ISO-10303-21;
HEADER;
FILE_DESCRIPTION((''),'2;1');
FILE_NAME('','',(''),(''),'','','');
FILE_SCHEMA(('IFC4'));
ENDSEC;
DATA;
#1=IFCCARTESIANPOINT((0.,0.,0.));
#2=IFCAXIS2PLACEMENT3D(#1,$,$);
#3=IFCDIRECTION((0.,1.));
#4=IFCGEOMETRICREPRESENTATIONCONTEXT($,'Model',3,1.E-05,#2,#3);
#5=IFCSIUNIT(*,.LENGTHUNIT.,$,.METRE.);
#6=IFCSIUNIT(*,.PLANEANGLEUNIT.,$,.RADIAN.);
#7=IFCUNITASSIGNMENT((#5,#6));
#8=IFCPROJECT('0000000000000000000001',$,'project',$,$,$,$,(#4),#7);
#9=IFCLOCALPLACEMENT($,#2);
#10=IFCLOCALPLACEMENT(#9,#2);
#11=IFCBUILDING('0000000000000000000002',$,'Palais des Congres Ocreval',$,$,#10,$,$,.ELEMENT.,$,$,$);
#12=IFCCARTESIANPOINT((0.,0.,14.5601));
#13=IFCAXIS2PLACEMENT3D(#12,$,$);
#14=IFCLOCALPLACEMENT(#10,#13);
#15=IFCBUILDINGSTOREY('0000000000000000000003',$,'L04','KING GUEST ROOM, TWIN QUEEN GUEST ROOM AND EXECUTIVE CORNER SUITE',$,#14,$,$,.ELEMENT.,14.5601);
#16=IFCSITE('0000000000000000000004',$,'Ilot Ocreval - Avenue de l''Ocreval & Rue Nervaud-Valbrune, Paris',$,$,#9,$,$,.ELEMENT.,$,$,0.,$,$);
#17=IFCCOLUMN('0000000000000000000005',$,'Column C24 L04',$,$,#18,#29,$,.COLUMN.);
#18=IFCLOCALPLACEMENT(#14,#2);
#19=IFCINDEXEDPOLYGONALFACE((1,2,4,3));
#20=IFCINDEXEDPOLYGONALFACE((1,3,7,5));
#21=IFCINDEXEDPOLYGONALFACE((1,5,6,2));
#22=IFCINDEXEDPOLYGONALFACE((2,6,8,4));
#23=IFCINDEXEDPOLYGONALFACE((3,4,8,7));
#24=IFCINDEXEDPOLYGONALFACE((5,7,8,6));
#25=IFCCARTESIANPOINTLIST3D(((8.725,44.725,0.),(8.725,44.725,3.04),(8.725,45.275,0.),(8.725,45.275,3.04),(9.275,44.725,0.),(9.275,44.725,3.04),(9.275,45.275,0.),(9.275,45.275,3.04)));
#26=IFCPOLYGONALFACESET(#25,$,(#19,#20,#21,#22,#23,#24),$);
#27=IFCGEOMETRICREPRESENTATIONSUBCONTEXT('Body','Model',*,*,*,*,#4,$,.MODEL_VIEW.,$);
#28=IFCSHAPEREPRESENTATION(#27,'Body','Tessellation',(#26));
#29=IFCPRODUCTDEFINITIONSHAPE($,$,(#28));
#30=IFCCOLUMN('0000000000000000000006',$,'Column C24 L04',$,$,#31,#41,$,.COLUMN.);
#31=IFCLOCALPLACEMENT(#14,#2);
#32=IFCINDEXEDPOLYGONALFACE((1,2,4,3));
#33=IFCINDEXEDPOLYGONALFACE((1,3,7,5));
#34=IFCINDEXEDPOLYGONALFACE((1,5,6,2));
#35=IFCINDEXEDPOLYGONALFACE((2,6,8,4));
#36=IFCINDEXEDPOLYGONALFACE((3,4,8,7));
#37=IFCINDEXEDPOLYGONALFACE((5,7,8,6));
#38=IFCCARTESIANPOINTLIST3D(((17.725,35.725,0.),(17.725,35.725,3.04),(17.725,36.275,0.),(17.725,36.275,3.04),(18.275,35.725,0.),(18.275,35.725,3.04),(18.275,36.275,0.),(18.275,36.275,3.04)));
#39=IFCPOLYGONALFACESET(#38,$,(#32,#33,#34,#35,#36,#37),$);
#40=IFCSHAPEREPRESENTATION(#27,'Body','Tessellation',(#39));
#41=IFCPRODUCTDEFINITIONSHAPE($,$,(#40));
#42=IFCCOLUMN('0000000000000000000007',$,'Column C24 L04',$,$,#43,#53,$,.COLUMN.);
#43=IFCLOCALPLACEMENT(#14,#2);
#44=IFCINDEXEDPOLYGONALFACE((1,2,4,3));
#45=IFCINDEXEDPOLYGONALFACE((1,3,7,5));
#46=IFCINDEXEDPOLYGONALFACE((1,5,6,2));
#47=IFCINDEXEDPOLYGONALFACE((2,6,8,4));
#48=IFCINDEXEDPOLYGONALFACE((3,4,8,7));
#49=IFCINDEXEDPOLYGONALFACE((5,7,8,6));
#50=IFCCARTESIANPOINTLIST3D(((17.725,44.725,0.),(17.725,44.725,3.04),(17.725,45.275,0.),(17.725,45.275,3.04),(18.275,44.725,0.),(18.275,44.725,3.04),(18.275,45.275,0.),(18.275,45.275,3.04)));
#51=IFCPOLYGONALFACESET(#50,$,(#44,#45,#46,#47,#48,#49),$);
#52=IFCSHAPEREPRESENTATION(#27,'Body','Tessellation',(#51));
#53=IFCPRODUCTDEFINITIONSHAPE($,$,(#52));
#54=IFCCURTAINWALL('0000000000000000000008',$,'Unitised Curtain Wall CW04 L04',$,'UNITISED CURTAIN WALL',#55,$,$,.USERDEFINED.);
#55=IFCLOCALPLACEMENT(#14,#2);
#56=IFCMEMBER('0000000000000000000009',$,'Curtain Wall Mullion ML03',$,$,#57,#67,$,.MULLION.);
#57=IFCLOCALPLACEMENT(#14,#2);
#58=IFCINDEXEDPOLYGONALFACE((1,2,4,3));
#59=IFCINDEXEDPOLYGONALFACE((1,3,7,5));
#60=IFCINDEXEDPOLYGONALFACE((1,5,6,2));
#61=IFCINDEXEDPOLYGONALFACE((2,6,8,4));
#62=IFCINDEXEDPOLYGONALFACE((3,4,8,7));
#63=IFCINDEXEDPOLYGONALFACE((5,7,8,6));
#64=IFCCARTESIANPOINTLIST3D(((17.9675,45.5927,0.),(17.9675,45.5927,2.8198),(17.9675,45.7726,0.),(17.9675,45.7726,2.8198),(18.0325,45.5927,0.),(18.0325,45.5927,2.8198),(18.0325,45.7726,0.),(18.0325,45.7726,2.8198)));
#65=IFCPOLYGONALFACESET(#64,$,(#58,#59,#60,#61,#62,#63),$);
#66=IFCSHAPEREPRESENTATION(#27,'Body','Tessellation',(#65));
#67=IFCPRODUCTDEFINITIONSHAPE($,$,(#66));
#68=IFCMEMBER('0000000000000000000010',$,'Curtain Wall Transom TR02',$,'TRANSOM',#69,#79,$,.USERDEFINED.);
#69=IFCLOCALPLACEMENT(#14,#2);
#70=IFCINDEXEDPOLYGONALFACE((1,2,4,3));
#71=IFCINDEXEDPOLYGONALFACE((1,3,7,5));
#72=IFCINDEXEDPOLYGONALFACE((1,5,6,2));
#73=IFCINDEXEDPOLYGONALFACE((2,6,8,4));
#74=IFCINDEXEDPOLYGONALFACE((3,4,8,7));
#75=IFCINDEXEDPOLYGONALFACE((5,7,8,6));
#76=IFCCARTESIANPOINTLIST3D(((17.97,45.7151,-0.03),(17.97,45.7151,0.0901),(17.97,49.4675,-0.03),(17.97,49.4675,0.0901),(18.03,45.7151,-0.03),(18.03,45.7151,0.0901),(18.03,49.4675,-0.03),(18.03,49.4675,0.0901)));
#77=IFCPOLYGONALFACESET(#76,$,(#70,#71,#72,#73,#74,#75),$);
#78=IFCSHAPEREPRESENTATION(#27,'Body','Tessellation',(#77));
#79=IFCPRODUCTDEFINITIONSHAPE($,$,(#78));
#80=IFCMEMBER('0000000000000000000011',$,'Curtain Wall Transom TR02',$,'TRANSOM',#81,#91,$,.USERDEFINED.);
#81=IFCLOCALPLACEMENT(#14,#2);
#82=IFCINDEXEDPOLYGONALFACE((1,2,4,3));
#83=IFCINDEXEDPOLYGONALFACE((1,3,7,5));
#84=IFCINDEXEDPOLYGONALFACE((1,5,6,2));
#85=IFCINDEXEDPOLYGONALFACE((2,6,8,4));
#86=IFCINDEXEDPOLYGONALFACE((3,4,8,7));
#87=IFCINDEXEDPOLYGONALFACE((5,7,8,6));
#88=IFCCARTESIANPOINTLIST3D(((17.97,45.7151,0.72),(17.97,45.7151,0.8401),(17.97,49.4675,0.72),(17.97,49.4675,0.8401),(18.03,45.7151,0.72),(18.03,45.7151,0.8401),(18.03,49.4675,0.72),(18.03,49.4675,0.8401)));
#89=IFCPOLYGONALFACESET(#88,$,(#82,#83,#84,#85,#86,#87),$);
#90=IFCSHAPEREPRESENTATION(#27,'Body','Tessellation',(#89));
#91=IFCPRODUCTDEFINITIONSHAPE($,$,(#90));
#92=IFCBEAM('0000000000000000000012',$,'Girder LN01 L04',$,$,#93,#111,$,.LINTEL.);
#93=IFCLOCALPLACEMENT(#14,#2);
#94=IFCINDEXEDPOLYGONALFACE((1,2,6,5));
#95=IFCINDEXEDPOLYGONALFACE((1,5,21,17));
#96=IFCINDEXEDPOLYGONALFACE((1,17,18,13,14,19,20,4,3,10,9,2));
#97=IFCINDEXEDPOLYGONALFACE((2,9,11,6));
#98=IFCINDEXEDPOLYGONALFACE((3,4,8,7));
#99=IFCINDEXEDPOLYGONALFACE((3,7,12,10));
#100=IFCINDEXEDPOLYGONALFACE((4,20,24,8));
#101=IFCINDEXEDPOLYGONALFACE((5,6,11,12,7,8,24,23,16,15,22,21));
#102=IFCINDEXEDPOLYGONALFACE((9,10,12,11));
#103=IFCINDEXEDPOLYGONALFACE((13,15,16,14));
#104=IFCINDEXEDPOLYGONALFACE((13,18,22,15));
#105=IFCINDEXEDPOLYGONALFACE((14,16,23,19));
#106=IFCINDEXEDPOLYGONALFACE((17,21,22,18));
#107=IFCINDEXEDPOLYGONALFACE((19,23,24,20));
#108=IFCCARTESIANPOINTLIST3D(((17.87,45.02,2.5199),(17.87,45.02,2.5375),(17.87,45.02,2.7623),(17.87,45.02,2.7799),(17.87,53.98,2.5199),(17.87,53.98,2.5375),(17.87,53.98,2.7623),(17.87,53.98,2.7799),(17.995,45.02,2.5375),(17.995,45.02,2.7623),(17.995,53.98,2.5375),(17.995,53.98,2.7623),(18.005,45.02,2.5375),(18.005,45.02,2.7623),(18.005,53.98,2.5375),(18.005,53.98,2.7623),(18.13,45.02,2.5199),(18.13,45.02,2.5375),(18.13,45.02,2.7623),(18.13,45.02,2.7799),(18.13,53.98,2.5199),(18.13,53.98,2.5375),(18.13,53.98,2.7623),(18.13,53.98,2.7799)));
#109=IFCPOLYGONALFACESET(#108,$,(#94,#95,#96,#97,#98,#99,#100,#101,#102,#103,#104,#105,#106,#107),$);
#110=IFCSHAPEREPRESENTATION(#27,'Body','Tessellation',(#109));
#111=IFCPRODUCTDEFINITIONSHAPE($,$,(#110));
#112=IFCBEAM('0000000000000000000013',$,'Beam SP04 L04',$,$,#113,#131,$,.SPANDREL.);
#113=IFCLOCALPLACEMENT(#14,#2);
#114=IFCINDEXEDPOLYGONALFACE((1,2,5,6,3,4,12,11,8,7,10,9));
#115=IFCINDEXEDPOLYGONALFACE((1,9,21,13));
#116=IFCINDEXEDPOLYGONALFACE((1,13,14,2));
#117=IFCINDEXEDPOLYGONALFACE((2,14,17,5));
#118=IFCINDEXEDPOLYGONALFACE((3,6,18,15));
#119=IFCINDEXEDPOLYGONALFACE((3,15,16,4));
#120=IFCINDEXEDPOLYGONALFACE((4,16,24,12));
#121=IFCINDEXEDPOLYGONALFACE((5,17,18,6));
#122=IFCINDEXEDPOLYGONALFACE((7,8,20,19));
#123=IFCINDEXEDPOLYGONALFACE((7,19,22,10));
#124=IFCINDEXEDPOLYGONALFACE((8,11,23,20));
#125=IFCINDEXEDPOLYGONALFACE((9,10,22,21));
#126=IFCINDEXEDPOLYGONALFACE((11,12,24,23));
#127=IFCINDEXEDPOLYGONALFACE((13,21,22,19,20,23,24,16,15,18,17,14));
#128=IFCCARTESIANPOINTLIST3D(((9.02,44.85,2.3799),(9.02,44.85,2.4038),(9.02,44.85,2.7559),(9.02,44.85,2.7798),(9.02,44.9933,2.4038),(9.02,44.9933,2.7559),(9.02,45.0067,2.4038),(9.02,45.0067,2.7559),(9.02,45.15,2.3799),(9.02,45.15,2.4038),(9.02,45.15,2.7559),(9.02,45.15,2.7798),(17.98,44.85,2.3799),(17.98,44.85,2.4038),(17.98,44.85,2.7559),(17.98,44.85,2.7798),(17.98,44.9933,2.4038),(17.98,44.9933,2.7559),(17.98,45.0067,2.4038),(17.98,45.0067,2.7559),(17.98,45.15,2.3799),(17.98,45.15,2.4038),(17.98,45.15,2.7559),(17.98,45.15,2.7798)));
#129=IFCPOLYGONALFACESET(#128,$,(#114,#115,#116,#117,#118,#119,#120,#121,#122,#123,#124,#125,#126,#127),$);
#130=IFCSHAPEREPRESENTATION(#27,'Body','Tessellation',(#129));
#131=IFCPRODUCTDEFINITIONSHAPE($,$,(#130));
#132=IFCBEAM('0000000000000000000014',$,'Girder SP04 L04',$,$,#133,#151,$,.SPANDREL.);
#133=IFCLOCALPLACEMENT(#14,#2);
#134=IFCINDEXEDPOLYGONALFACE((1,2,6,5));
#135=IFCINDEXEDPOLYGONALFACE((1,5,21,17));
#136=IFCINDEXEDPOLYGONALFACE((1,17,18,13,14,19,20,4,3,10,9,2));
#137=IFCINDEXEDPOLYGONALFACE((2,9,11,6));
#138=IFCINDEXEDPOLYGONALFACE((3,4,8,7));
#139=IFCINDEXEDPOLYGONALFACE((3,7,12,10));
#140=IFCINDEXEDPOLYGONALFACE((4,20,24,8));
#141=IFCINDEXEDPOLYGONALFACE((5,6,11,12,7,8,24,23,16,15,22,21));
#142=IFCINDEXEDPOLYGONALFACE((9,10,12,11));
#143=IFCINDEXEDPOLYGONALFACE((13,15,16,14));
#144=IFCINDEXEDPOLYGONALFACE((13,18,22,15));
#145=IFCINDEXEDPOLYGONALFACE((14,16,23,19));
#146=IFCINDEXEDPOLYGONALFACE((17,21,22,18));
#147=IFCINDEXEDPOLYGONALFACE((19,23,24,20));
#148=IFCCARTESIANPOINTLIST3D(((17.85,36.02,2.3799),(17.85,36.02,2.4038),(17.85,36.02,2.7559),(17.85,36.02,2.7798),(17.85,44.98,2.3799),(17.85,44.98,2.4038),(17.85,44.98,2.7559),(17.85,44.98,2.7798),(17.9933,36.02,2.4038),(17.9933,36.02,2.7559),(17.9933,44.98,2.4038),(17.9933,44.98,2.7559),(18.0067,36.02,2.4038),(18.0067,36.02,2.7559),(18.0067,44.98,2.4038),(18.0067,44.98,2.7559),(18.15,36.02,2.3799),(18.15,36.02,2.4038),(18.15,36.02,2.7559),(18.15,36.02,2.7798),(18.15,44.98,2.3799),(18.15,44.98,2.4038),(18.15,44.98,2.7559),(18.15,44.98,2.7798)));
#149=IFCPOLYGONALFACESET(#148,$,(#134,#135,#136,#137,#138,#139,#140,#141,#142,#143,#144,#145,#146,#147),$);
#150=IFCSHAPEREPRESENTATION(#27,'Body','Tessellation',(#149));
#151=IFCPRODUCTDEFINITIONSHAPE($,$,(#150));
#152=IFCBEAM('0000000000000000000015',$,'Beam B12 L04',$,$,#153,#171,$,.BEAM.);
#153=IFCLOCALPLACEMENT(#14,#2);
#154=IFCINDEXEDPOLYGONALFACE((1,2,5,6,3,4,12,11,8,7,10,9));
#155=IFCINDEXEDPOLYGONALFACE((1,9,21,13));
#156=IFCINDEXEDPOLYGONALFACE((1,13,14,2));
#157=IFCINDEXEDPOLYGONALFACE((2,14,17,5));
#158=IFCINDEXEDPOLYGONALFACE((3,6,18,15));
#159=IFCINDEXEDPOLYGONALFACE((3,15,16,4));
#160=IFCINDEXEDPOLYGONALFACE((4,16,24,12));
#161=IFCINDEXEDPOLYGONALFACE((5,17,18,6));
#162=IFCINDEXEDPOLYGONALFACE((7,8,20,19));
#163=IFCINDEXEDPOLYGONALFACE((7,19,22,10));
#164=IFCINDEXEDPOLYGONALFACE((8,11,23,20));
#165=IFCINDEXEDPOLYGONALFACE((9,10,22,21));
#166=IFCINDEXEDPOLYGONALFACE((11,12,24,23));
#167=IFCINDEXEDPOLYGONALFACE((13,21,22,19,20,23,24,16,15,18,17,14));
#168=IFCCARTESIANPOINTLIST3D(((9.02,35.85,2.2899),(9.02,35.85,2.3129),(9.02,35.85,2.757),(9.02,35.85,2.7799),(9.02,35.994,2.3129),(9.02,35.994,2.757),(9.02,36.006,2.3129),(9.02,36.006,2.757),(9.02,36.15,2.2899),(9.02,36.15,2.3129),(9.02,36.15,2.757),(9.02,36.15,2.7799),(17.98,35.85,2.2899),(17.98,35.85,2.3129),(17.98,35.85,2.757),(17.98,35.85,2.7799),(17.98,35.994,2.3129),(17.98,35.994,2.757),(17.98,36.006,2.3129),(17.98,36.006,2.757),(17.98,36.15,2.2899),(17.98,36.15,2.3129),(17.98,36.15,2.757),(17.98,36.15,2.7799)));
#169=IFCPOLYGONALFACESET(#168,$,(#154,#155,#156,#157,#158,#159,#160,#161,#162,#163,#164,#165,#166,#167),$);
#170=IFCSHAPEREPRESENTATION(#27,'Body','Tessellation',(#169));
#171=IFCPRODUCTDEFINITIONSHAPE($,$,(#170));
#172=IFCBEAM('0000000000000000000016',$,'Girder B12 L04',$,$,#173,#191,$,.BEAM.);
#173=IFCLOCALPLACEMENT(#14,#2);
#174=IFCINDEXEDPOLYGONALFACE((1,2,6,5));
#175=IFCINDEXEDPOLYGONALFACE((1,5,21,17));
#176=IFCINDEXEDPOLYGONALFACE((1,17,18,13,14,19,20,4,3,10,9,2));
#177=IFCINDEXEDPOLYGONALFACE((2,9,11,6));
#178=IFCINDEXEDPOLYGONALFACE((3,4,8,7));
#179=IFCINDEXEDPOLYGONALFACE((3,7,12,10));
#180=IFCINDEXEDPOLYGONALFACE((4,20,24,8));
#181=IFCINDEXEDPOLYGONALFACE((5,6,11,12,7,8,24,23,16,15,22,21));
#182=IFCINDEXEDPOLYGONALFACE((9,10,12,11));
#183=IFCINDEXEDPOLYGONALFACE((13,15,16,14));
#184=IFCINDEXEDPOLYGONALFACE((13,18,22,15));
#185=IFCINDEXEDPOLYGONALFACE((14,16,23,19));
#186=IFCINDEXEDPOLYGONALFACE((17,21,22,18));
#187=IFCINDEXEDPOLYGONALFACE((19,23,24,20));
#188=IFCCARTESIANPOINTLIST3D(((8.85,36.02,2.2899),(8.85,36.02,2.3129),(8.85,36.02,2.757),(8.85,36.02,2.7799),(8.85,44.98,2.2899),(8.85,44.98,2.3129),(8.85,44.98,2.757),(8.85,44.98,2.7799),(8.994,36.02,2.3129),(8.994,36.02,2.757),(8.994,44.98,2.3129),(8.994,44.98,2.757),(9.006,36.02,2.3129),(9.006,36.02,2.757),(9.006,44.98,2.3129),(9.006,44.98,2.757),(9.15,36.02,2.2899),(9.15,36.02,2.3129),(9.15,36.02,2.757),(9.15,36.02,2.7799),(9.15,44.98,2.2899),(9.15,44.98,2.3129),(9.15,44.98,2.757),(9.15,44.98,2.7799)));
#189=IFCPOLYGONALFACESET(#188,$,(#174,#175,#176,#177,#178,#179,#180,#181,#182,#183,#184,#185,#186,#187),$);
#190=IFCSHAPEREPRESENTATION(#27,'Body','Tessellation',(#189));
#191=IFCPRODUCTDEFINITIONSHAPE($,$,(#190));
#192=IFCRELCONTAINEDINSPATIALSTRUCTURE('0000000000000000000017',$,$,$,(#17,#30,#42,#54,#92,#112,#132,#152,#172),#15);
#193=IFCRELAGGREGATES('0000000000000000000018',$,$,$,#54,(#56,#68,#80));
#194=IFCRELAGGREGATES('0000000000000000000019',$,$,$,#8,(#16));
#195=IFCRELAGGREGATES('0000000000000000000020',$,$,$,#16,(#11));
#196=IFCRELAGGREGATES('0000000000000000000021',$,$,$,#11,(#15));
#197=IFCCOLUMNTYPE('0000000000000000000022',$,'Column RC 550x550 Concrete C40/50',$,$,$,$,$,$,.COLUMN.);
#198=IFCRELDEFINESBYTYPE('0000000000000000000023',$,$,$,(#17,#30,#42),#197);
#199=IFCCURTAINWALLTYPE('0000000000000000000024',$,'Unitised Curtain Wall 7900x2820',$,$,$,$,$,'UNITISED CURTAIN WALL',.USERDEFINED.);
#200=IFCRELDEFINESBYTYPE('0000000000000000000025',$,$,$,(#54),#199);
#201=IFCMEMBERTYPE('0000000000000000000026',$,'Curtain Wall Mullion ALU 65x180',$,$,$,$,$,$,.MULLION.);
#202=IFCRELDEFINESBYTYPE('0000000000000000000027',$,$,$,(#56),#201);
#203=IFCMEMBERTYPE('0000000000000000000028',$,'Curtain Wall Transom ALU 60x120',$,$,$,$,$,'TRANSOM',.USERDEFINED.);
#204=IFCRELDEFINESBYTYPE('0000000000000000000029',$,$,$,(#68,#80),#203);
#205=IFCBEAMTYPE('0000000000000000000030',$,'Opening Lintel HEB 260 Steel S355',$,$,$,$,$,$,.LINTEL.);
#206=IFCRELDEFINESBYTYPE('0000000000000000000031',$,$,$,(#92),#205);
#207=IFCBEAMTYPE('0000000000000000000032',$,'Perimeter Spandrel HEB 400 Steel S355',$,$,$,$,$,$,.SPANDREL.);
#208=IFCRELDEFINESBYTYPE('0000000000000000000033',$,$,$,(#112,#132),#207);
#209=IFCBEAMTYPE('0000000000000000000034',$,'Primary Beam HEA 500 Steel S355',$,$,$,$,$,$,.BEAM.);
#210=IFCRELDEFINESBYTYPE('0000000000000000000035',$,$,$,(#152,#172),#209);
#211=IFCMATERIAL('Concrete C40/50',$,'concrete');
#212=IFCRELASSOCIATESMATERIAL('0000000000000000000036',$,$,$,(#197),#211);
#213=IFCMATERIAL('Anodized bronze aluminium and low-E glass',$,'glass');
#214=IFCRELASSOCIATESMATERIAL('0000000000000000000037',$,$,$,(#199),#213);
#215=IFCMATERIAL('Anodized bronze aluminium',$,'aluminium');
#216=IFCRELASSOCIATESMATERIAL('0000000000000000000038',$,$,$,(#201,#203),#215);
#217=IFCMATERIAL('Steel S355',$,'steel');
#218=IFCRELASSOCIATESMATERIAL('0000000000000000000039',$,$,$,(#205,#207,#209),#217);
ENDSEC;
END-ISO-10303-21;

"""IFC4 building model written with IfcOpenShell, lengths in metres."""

from ifc_helpers import new_model, si_unit, direction, frame, origin, origin_2d, place, context, subcontext, project, spatial, rectangle, i_section, extrude, material, material_profile, profile_set, type_object, element, aggregate, save


model = new_model("IFC4")

# Units and contexts
model_context = context("Model", 3, precision=1e-05, world=origin(), true_north=direction((0.0, 1.0)))
body_context = subcontext(model_context, "Body", "Model", "MODEL_VIEW")
ifc_project = project(units=[si_unit("LENGTHUNIT", "METRE"), si_unit("PLANEANGLEUNIT", "RADIAN")], contexts=[model_context])

# Site, building, storey
site_placement = place(None, origin())
site = spatial("IfcSite", under=ifc_project, at=site_placement, Name="Ilot Ocreval - Avenue de l'Ocreval & Rue Nervaud-Valbrune, Paris", CompositionType="ELEMENT", RefElevation=0.0)
building_placement = place(site_placement, origin())
building = spatial("IfcBuilding", under=site, at=building_placement, Name="Palais des Congres Ocreval", CompositionType="ELEMENT")
storey_placement = place(building_placement, frame((0.0, 0.0, 14.5601)))
storey = spatial("IfcBuildingStorey", under=building, at=storey_placement, Name="L04", Description="KING GUEST ROOM, TWIN QUEEN GUEST ROOM AND EXECUTIVE CORNER SUITE", CompositionType="ELEMENT", Elevation=14.5601)

# Columns
ifc_material_1 = material(Name="Concrete C40/50", Category="concrete")
ifc_material_profile_1 = material_profile(ifc_material_1, rectangle(XDim=0.55, YDim=0.55, at=origin_2d()), Name="RC 550x550")
ifc_profile_set_1 = profile_set([ifc_material_profile_1], Name="Concrete C40/50")
column_type = type_object("IfcColumnType", Name="Column RC 550x550 Concrete C40/50", PredefinedType="COLUMN", material=ifc_profile_set_1)
for number, where, z_axis, x_axis, name in (
    (1, (9.0, 45.0, 0.0), (0.0, 0.0, 1.0), (1.0, 0.0, 0.0), "Column C24 L04"),
    (2, (18.0, 36.0, 0.0), (0.0, 0.0, 1.0), (1.0, 0.0, 0.0), "Column C24 L04"),
    (3, (18.0, 45.0, 0.0), (0.0, 0.0, 1.0), (1.0, 0.0, 0.0), "Column C24 L04"),
):
    element("IfcColumn", number, at=place(storey_placement, frame(where, z_axis=z_axis, x_axis=x_axis)), inside=storey, type_object=column_type, Name=name, PredefinedType="COLUMN", context=body_context, shape_type="SweptSolid", body=[
        extrude(rectangle(XDim=0.55, YDim=0.55, at=origin_2d()), origin(), (0.0, 0.0, 1.0), 3.04),
    ])

# Curtain wall, members
ifc_material_2 = material(Name="Anodized bronze aluminium and low-E glass", Category="glass")
curtain_wall_type = type_object("IfcCurtainWallType", Name="Unitised Curtain Wall 7900x2820", ElementType="UNITISED CURTAIN WALL", PredefinedType="USERDEFINED", material=ifc_material_2)
curtain_wall_placement = place(storey_placement, origin())
curtain_wall = element("IfcCurtainWall", 4, at=curtain_wall_placement, inside=storey, type_object=curtain_wall_type, Name="Unitised Curtain Wall CW04 L04", ObjectType="UNITISED CURTAIN WALL", PredefinedType="USERDEFINED")
ifc_material_3 = material(Name="Anodized bronze aluminium", Category="aluminium")
ifc_material_profile_2 = material_profile(ifc_material_3, rectangle(XDim=0.0649, YDim=0.1799, at=origin_2d()), Name="ALU 65x180")
ifc_profile_set_2 = profile_set([ifc_material_profile_2], Name="Anodized bronze aluminium")
member_type_1 = type_object("IfcMemberType", Name="Curtain Wall Mullion ALU 65x180", PredefinedType="MULLION", material=ifc_profile_set_2)
member_1_placement = place(storey_placement, frame((18.0, 45.6826, 0.0), z_axis=(0.0, 0.0, 1.0), x_axis=(1.0, 0.0, 0.0)))
member_1 = element("IfcMember", 5, at=member_1_placement, type_object=member_type_1, Name="Curtain Wall Mullion ML03", PredefinedType="MULLION", context=body_context, shape_type="SweptSolid", body=[
    extrude(rectangle(XDim=0.0649, YDim=0.1799, at=origin_2d()), origin(), (0.0, 0.0, 1.0), 2.8198),
])
ifc_material_profile_3 = material_profile(ifc_material_3, rectangle(XDim=0.0601, YDim=0.1201, at=origin_2d()), Name="ALU 60x120")
ifc_profile_set_3 = profile_set([ifc_material_profile_3], Name="Anodized bronze aluminium")
member_type_2 = type_object("IfcMemberType", Name="Curtain Wall Transom ALU 60x120", ElementType="TRANSOM", PredefinedType="USERDEFINED", material=ifc_profile_set_3)
member_2_placement = place(storey_placement, frame((18.0, 49.4675, 0.03), z_axis=(0.0, -1.0, 0.0), x_axis=(1.0, 0.0, 0.0)))
member_2 = element("IfcMember", 6, at=member_2_placement, type_object=member_type_2, Name="Curtain Wall Transom TR02", ObjectType="TRANSOM", PredefinedType="USERDEFINED", context=body_context, shape_type="SweptSolid", body=[
    extrude(rectangle(XDim=0.0601, YDim=0.1201, at=origin_2d()), origin(), (0.0, 0.0, 1.0), 3.7524),
])
member_3_placement = place(storey_placement, frame((18.0, 49.4675, 0.78), z_axis=(0.0, -1.0, 0.0), x_axis=(1.0, 0.0, 0.0)))
member_3 = element("IfcMember", 7, at=member_3_placement, type_object=member_type_2, Name="Curtain Wall Transom TR02", ObjectType="TRANSOM", PredefinedType="USERDEFINED", context=body_context, shape_type="SweptSolid", body=[
    extrude(rectangle(XDim=0.0601, YDim=0.1201, at=origin_2d()), origin(), (0.0, 0.0, 1.0), 3.7524),
])
aggregate(curtain_wall, [member_1, member_2, member_3])

# Beams
ifc_material_4 = material(Name="Steel S355", Category="steel")
ifc_material_profile_4 = material_profile(ifc_material_4, i_section(OverallWidth=0.26, OverallDepth=0.26, WebThickness=0.01, FlangeThickness=0.0176, at=origin_2d()), Name="HEB 260")
ifc_profile_set_4 = profile_set([ifc_material_profile_4], Name="Steel S355")
beam_type_1 = type_object("IfcBeamType", Name="Opening Lintel HEB 260 Steel S355", PredefinedType="LINTEL", material=ifc_profile_set_4)
beam_1_placement = place(storey_placement, frame((18.0, 45.02, 2.6499), z_axis=(0.0, 1.0, 0.0), x_axis=(-1.0, 0.0, 0.0)))
element("IfcBeam", 8, at=beam_1_placement, inside=storey, type_object=beam_type_1, Name="Girder LN01 L04", PredefinedType="LINTEL", context=body_context, shape_type="SweptSolid", body=[
    extrude(i_section(OverallWidth=0.26, OverallDepth=0.26, WebThickness=0.01, FlangeThickness=0.0176, at=origin_2d()), origin(), (0.0, 0.0, 1.0), 8.96),
])
ifc_material_profile_5 = material_profile(ifc_material_4, i_section(OverallWidth=0.3, OverallDepth=0.3999, WebThickness=0.0134, FlangeThickness=0.0239, at=origin_2d()), Name="HEB 400")
ifc_profile_set_5 = profile_set([ifc_material_profile_5], Name="Steel S355")
beam_type_2 = type_object("IfcBeamType", Name="Perimeter Spandrel HEB 400 Steel S355", PredefinedType="SPANDREL", material=ifc_profile_set_5)
for number, where, z_axis, x_axis, name in (
    (9, (9.02, 45.0, 2.5798), (1.0, 0.0, 0.0), (0.0, 1.0, 0.0), "Beam SP04 L04"),
    (10, (18.0, 36.02, 2.5798), (0.0, 1.0, 0.0), (-1.0, 0.0, 0.0), "Girder SP04 L04"),
):
    element("IfcBeam", number, at=place(storey_placement, frame(where, z_axis=z_axis, x_axis=x_axis)), inside=storey, type_object=beam_type_2, Name=name, PredefinedType="SPANDREL", context=body_context, shape_type="SweptSolid", body=[
        extrude(i_section(OverallWidth=0.3, OverallDepth=0.3999, WebThickness=0.0134, FlangeThickness=0.0239, at=origin_2d()), origin(), (0.0, 0.0, 1.0), 8.96),
    ])
ifc_material_profile_6 = material_profile(ifc_material_4, i_section(OverallWidth=0.3, OverallDepth=0.49, WebThickness=0.012, FlangeThickness=0.0229, at=origin_2d()), Name="HEA 500")
ifc_profile_set_6 = profile_set([ifc_material_profile_6], Name="Steel S355")
beam_type_3 = type_object("IfcBeamType", Name="Primary Beam HEA 500 Steel S355", PredefinedType="BEAM", material=ifc_profile_set_6)
for number, where, z_axis, x_axis, name in (
    (11, (9.02, 36.0, 2.5349), (1.0, 0.0, 0.0), (0.0, 1.0, 0.0), "Beam B12 L04"),
    (12, (9.0, 36.02, 2.5349), (0.0, 1.0, 0.0), (-1.0, 0.0, 0.0), "Girder B12 L04"),
):
    element("IfcBeam", number, at=place(storey_placement, frame(where, z_axis=z_axis, x_axis=x_axis)), inside=storey, type_object=beam_type_3, Name=name, PredefinedType="BEAM", context=body_context, shape_type="SweptSolid", body=[
        extrude(i_section(OverallWidth=0.3, OverallDepth=0.49, WebThickness=0.012, FlangeThickness=0.0229, at=origin_2d()), origin(), (0.0, 0.0, 1.0), 8.96),
    ])

save(model, "model.ifc")
